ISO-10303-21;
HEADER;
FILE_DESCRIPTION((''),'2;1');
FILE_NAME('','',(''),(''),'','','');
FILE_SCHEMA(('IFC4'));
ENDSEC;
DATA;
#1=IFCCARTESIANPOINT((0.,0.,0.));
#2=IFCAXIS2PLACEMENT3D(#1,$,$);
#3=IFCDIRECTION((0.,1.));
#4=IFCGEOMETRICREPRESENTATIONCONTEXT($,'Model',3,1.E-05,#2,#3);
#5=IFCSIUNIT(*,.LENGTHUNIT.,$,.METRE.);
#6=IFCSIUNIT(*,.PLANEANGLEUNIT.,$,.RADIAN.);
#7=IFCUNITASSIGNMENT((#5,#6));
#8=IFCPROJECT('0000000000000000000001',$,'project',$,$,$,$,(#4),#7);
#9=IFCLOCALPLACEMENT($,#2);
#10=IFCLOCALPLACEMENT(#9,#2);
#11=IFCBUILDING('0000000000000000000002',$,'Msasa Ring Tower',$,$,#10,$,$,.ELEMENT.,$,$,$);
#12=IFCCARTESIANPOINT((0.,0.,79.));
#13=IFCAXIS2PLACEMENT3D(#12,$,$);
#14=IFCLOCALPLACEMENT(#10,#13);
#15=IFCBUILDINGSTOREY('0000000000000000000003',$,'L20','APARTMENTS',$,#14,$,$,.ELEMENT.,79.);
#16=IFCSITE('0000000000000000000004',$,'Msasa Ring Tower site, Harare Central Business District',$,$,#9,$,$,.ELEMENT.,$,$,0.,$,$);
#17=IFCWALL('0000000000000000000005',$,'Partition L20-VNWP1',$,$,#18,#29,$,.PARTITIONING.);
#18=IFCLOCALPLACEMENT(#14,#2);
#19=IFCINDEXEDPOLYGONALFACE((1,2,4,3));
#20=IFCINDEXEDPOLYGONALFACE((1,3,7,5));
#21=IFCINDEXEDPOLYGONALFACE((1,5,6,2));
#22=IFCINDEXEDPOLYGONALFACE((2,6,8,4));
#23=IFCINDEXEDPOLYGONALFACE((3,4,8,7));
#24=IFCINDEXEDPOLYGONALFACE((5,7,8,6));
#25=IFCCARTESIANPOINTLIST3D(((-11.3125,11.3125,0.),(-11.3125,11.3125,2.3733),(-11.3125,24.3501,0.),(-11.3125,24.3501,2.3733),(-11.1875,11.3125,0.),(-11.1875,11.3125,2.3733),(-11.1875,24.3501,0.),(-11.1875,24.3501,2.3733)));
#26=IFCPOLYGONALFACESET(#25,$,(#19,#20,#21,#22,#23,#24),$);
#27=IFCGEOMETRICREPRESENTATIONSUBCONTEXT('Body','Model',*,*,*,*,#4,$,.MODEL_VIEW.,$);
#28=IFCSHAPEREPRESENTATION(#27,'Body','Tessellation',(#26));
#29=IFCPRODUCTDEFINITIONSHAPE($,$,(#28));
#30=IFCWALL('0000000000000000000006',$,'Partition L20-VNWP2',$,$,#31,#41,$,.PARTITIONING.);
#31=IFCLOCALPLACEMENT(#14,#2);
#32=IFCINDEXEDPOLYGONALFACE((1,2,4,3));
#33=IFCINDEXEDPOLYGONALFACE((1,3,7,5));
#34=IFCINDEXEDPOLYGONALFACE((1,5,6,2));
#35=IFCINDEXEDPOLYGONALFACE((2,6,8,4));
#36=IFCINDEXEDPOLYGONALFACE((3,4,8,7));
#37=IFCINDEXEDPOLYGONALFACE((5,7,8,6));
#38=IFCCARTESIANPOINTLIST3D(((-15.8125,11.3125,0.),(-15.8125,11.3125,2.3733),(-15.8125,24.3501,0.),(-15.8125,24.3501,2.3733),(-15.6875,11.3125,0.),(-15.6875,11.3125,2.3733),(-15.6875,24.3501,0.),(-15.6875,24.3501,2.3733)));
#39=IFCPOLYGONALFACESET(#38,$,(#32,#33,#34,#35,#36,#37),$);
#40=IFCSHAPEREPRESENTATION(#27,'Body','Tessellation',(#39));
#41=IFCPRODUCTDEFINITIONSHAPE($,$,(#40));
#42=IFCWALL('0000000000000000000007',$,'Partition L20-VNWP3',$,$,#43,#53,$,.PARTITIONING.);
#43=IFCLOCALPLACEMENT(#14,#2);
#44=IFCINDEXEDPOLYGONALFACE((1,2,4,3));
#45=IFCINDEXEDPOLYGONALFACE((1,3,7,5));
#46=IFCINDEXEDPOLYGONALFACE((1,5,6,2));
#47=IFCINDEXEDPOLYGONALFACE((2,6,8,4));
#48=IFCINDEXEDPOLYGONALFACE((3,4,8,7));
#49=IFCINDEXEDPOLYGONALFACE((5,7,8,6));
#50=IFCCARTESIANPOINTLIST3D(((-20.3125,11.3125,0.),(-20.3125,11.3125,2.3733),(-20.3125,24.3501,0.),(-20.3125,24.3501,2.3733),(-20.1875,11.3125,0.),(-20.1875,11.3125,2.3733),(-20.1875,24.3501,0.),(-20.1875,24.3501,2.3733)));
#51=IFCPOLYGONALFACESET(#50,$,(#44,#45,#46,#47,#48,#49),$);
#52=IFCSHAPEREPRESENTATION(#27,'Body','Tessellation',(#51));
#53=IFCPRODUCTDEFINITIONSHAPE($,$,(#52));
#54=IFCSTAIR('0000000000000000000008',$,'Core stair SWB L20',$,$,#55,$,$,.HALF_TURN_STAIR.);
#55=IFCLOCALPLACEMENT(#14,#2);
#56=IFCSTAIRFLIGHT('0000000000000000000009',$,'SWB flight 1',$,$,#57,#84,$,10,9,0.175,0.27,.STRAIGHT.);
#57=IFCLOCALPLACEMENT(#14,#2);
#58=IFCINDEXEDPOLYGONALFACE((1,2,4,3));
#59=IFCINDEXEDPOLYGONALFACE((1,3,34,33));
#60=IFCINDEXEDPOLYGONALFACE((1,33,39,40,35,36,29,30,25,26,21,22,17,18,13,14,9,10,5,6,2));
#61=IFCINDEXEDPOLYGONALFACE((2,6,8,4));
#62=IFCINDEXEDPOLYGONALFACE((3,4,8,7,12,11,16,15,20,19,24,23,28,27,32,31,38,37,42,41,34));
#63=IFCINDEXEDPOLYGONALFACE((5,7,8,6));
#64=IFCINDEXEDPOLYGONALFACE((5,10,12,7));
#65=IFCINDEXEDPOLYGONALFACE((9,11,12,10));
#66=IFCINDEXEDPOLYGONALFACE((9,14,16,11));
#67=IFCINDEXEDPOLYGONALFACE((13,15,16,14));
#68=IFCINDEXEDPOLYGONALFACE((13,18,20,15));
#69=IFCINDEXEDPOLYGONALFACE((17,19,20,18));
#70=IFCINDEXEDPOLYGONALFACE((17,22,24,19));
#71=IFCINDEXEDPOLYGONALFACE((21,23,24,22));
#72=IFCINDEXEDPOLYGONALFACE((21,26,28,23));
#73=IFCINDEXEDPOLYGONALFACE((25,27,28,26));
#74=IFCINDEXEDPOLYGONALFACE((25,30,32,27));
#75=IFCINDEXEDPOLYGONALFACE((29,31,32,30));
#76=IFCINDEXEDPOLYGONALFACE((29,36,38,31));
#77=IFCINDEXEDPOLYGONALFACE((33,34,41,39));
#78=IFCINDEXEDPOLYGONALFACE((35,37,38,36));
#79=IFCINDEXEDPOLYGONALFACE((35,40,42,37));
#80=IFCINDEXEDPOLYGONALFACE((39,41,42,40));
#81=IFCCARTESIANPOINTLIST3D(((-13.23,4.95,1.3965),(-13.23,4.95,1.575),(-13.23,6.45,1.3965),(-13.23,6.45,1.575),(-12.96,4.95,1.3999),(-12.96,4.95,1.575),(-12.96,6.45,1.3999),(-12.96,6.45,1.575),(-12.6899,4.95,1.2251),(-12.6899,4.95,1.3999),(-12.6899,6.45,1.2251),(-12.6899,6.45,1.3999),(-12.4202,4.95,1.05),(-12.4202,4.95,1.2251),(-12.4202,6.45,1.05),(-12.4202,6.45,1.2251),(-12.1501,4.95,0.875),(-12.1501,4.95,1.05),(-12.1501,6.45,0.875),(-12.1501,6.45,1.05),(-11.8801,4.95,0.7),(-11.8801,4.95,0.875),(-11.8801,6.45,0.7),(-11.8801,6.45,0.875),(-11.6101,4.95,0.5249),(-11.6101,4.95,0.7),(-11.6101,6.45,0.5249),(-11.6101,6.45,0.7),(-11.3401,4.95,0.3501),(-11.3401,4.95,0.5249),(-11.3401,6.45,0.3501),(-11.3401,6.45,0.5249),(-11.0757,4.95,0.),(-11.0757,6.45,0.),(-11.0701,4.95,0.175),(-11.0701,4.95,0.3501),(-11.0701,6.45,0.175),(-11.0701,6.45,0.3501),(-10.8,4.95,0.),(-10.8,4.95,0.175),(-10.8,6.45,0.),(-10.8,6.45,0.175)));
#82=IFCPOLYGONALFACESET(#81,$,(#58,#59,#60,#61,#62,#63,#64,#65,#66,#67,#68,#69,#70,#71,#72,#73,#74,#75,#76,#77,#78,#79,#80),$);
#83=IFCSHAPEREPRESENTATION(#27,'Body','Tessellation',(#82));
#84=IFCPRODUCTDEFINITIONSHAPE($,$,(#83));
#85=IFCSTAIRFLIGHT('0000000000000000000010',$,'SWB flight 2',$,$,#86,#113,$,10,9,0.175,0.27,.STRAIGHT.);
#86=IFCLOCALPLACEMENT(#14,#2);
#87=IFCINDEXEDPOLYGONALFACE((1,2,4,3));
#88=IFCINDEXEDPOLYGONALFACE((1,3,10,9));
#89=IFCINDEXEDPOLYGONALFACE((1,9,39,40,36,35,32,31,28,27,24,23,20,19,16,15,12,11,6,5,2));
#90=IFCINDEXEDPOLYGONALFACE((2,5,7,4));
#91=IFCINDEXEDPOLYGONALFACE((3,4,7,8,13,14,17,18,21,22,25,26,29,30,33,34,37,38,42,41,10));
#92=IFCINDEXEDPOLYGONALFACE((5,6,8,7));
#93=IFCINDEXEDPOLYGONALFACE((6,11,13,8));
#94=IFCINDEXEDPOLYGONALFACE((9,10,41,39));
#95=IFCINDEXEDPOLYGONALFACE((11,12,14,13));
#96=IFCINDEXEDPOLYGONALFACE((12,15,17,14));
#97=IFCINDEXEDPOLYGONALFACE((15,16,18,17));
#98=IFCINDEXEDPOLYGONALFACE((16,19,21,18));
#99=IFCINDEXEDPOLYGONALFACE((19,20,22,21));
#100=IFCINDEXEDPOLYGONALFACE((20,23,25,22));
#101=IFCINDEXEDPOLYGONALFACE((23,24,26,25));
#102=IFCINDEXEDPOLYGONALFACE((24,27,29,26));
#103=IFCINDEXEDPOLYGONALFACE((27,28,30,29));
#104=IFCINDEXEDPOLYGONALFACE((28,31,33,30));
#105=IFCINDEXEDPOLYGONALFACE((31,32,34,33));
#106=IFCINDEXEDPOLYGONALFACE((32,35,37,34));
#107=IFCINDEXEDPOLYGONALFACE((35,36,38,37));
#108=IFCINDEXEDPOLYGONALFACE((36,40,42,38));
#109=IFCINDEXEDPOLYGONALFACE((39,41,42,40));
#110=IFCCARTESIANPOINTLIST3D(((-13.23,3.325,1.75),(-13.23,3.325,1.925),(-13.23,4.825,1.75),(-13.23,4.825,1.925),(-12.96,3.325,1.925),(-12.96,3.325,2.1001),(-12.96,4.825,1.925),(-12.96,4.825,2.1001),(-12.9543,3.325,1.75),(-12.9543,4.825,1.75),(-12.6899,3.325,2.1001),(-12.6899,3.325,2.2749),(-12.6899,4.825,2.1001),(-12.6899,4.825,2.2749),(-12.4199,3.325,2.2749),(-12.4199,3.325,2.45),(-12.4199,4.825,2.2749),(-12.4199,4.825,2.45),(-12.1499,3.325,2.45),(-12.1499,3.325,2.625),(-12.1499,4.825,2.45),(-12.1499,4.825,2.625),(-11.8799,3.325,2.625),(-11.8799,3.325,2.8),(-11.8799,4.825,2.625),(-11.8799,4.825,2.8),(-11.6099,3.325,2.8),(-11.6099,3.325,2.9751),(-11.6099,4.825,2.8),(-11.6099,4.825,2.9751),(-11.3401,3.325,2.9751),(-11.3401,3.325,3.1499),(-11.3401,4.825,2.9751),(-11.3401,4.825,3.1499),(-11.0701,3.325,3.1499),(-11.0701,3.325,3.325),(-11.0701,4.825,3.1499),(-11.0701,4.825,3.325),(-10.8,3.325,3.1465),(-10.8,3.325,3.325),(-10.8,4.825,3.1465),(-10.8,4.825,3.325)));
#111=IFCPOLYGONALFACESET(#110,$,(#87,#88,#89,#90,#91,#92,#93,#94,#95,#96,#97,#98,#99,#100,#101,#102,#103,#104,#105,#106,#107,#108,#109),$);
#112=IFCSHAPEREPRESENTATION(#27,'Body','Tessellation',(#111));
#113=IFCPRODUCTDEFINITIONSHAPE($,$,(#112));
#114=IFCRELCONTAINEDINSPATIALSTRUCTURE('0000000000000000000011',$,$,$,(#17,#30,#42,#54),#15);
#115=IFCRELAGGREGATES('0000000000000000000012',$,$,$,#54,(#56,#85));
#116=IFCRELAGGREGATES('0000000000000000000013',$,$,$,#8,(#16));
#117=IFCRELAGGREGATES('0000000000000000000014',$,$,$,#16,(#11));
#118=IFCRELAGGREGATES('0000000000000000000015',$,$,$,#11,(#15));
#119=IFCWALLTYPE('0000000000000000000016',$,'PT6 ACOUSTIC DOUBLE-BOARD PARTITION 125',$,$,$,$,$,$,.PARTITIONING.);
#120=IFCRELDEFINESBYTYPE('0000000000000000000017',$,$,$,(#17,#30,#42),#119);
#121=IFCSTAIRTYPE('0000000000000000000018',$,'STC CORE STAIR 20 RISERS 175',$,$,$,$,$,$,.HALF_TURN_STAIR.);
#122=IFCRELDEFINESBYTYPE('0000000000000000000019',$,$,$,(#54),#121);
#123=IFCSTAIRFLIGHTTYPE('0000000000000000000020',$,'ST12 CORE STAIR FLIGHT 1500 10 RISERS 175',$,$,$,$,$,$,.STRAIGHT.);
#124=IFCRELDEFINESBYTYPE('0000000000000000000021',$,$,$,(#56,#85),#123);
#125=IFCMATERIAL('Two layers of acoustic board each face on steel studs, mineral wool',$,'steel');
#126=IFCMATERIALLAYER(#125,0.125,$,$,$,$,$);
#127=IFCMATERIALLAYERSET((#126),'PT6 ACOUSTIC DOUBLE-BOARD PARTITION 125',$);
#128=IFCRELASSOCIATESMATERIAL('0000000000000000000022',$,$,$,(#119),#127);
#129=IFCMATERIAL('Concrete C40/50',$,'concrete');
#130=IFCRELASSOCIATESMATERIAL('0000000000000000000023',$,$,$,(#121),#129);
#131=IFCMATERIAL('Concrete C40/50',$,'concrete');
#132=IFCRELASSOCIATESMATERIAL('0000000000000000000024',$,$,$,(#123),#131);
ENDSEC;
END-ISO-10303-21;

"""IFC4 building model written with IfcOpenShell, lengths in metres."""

from ifc_helpers import new_model, si_unit, direction, frame, frame_2d, origin, place, context, subcontext, project, spatial, polyline, rectangle, outline, extrude, material, layer, layer_set, type_object, element, aggregate, save


model = new_model("IFC4")

# Units and contexts
model_context = context("Model", 3, precision=1e-05, world=origin(), true_north=direction((0.0, 1.0)))
body_context = subcontext(model_context, "Body", "Model", "MODEL_VIEW")
ifc_project = project(units=[si_unit("LENGTHUNIT", "METRE"), si_unit("PLANEANGLEUNIT", "RADIAN")], contexts=[model_context])

# Site, building, storey
site_placement = place(None, origin())
site = spatial("IfcSite", under=ifc_project, at=site_placement, Name="Msasa Ring Tower site, Harare Central Business District", CompositionType="ELEMENT", RefElevation=0.0)
building_placement = place(site_placement, origin())
building = spatial("IfcBuilding", under=site, at=building_placement, Name="Msasa Ring Tower", CompositionType="ELEMENT")
storey_placement = place(building_placement, frame((0.0, 0.0, 79.0)))
storey = spatial("IfcBuildingStorey", under=building, at=storey_placement, Name="L20", Description="APARTMENTS", CompositionType="ELEMENT", Elevation=79.0)

# Walls
ifc_material_1 = material(Name="Two layers of acoustic board each face on steel studs, mineral wool", Category="steel")
ifc_layer_1 = layer(ifc_material_1, 0.125)
ifc_layer_set_1 = layer_set([ifc_layer_1], Name="PT6 ACOUSTIC DOUBLE-BOARD PARTITION 125")
wall_type_1 = type_object("IfcWallType", Name="PT6 ACOUSTIC DOUBLE-BOARD PARTITION 125", PredefinedType="PARTITIONING", material=ifc_layer_set_1)
for number, where, z_axis, x_axis, name in (
    (1, (-11.25, 11.3125, 0.0), (0.0, 0.0, 1.0), (0.0, 1.0, 0.0), "Partition L20-VNWP1"),
    (2, (-15.75, 11.3125, 0.0), (0.0, 0.0, 1.0), (0.0, 1.0, 0.0), "Partition L20-VNWP2"),
    (3, (-20.25, 11.3125, 0.0), (0.0, 0.0, 1.0), (0.0, 1.0, 0.0), "Partition L20-VNWP3"),
):
    element("IfcWall", number, at=place(storey_placement, frame(where, z_axis=z_axis, x_axis=x_axis)), inside=storey, type_object=wall_type_1, Name=name, PredefinedType="PARTITIONING", context=body_context, shape_type="SweptSolid", body=[
        extrude(rectangle(XDim=13.0376, YDim=0.125, at=frame_2d((6.5188, 0.0))), origin(), (0.0, 0.0, 1.0), 2.3733),
    ])

# Stair, stair flights
ifc_material_2 = material(Name="Concrete C40/50", Category="concrete")
stair_type = type_object("IfcStairType", Name="STC CORE STAIR 20 RISERS 175", PredefinedType="HALF_TURN_STAIR", material=ifc_material_2)
stair_placement = place(storey_placement, origin())
stair = element("IfcStair", 4, at=stair_placement, inside=storey, type_object=stair_type, Name="Core stair SWB L20", PredefinedType="HALF_TURN_STAIR")
ifc_material_3 = material(Name="Concrete C40/50", Category="concrete")
stair_flight_type = type_object("IfcStairFlightType", Name="ST12 CORE STAIR FLIGHT 1500 10 RISERS 175", PredefinedType="STRAIGHT", material=ifc_material_3)
stair_flight_1_placement = place(storey_placement, frame((-10.8, 5.7, 0.0), z_axis=(0.0, 0.0, 1.0), x_axis=(-1.0, 0.0, 0.0)))
stair_flight_1 = element("IfcStairFlight", 5, at=stair_flight_1_placement, type_object=stair_flight_type, Name="SWB flight 1", NumberOfRisers=10, NumberOfTreads=9, PredefinedType="STRAIGHT", RiserHeight=0.175, TreadLength=0.27, context=body_context, shape_type="SweptSolid", body=[
    extrude(outline(polyline([(0.0, 0.0), (0.0, 0.175), (0.27, 0.175), (0.27, 0.3501), (0.54, 0.3501), (0.54, 0.5249), (0.8101, 0.5249), (0.8101, 0.7), (1.0801, 0.7), (1.0801, 0.875), (1.3501, 0.875), (1.3501, 1.05), (1.6201, 1.05), (1.6201, 1.2251), (1.8899, 1.2251), (1.8899, 1.3999), (2.1599, 1.3999), (2.1599, 1.575), (2.4299, 1.575), (2.4299, 1.75), (2.4299, 1.3965), (0.2756, 0.0), (0.0, 0.0)])), frame((0.0, 0.75, 0.0), z_axis=(0.0, -1.0, 0.0), x_axis=(1.0, 0.0, 0.0)), (0.0, 0.0, 1.0), 1.5),
])
stair_flight_2_placement = place(storey_placement, frame((-13.23, 4.075, 1.75), z_axis=(0.0, 0.0, 1.0), x_axis=(1.0, 0.0, 0.0)))
stair_flight_2 = element("IfcStairFlight", 6, at=stair_flight_2_placement, type_object=stair_flight_type, Name="SWB flight 2", NumberOfRisers=10, NumberOfTreads=9, PredefinedType="STRAIGHT", RiserHeight=0.175, TreadLength=0.27, context=body_context, shape_type="SweptSolid", body=[
    extrude(outline(polyline([(0.0, 0.0), (0.0, 0.175), (0.27, 0.175), (0.27, 0.3501), (0.54, 0.3501), (0.54, 0.5249), (0.8101, 0.5249), (0.8101, 0.7), (1.0801, 0.7), (1.0801, 0.875), (1.3501, 0.875), (1.3501, 1.05), (1.6201, 1.05), (1.6201, 1.2251), (1.8899, 1.2251), (1.8899, 1.3999), (2.1599, 1.3999), (2.1599, 1.575), (2.4299, 1.575), (2.4299, 1.75), (2.4299, 1.3965), (0.2756, 0.0), (0.0, 0.0)])), frame((0.0, 0.75, 0.0), z_axis=(0.0, -1.0, 0.0), x_axis=(1.0, 0.0, 0.0)), (0.0, 0.0, 1.0), 1.5),
])
aggregate(stair, [stair_flight_1, stair_flight_2])

save(model, "model.ifc")
